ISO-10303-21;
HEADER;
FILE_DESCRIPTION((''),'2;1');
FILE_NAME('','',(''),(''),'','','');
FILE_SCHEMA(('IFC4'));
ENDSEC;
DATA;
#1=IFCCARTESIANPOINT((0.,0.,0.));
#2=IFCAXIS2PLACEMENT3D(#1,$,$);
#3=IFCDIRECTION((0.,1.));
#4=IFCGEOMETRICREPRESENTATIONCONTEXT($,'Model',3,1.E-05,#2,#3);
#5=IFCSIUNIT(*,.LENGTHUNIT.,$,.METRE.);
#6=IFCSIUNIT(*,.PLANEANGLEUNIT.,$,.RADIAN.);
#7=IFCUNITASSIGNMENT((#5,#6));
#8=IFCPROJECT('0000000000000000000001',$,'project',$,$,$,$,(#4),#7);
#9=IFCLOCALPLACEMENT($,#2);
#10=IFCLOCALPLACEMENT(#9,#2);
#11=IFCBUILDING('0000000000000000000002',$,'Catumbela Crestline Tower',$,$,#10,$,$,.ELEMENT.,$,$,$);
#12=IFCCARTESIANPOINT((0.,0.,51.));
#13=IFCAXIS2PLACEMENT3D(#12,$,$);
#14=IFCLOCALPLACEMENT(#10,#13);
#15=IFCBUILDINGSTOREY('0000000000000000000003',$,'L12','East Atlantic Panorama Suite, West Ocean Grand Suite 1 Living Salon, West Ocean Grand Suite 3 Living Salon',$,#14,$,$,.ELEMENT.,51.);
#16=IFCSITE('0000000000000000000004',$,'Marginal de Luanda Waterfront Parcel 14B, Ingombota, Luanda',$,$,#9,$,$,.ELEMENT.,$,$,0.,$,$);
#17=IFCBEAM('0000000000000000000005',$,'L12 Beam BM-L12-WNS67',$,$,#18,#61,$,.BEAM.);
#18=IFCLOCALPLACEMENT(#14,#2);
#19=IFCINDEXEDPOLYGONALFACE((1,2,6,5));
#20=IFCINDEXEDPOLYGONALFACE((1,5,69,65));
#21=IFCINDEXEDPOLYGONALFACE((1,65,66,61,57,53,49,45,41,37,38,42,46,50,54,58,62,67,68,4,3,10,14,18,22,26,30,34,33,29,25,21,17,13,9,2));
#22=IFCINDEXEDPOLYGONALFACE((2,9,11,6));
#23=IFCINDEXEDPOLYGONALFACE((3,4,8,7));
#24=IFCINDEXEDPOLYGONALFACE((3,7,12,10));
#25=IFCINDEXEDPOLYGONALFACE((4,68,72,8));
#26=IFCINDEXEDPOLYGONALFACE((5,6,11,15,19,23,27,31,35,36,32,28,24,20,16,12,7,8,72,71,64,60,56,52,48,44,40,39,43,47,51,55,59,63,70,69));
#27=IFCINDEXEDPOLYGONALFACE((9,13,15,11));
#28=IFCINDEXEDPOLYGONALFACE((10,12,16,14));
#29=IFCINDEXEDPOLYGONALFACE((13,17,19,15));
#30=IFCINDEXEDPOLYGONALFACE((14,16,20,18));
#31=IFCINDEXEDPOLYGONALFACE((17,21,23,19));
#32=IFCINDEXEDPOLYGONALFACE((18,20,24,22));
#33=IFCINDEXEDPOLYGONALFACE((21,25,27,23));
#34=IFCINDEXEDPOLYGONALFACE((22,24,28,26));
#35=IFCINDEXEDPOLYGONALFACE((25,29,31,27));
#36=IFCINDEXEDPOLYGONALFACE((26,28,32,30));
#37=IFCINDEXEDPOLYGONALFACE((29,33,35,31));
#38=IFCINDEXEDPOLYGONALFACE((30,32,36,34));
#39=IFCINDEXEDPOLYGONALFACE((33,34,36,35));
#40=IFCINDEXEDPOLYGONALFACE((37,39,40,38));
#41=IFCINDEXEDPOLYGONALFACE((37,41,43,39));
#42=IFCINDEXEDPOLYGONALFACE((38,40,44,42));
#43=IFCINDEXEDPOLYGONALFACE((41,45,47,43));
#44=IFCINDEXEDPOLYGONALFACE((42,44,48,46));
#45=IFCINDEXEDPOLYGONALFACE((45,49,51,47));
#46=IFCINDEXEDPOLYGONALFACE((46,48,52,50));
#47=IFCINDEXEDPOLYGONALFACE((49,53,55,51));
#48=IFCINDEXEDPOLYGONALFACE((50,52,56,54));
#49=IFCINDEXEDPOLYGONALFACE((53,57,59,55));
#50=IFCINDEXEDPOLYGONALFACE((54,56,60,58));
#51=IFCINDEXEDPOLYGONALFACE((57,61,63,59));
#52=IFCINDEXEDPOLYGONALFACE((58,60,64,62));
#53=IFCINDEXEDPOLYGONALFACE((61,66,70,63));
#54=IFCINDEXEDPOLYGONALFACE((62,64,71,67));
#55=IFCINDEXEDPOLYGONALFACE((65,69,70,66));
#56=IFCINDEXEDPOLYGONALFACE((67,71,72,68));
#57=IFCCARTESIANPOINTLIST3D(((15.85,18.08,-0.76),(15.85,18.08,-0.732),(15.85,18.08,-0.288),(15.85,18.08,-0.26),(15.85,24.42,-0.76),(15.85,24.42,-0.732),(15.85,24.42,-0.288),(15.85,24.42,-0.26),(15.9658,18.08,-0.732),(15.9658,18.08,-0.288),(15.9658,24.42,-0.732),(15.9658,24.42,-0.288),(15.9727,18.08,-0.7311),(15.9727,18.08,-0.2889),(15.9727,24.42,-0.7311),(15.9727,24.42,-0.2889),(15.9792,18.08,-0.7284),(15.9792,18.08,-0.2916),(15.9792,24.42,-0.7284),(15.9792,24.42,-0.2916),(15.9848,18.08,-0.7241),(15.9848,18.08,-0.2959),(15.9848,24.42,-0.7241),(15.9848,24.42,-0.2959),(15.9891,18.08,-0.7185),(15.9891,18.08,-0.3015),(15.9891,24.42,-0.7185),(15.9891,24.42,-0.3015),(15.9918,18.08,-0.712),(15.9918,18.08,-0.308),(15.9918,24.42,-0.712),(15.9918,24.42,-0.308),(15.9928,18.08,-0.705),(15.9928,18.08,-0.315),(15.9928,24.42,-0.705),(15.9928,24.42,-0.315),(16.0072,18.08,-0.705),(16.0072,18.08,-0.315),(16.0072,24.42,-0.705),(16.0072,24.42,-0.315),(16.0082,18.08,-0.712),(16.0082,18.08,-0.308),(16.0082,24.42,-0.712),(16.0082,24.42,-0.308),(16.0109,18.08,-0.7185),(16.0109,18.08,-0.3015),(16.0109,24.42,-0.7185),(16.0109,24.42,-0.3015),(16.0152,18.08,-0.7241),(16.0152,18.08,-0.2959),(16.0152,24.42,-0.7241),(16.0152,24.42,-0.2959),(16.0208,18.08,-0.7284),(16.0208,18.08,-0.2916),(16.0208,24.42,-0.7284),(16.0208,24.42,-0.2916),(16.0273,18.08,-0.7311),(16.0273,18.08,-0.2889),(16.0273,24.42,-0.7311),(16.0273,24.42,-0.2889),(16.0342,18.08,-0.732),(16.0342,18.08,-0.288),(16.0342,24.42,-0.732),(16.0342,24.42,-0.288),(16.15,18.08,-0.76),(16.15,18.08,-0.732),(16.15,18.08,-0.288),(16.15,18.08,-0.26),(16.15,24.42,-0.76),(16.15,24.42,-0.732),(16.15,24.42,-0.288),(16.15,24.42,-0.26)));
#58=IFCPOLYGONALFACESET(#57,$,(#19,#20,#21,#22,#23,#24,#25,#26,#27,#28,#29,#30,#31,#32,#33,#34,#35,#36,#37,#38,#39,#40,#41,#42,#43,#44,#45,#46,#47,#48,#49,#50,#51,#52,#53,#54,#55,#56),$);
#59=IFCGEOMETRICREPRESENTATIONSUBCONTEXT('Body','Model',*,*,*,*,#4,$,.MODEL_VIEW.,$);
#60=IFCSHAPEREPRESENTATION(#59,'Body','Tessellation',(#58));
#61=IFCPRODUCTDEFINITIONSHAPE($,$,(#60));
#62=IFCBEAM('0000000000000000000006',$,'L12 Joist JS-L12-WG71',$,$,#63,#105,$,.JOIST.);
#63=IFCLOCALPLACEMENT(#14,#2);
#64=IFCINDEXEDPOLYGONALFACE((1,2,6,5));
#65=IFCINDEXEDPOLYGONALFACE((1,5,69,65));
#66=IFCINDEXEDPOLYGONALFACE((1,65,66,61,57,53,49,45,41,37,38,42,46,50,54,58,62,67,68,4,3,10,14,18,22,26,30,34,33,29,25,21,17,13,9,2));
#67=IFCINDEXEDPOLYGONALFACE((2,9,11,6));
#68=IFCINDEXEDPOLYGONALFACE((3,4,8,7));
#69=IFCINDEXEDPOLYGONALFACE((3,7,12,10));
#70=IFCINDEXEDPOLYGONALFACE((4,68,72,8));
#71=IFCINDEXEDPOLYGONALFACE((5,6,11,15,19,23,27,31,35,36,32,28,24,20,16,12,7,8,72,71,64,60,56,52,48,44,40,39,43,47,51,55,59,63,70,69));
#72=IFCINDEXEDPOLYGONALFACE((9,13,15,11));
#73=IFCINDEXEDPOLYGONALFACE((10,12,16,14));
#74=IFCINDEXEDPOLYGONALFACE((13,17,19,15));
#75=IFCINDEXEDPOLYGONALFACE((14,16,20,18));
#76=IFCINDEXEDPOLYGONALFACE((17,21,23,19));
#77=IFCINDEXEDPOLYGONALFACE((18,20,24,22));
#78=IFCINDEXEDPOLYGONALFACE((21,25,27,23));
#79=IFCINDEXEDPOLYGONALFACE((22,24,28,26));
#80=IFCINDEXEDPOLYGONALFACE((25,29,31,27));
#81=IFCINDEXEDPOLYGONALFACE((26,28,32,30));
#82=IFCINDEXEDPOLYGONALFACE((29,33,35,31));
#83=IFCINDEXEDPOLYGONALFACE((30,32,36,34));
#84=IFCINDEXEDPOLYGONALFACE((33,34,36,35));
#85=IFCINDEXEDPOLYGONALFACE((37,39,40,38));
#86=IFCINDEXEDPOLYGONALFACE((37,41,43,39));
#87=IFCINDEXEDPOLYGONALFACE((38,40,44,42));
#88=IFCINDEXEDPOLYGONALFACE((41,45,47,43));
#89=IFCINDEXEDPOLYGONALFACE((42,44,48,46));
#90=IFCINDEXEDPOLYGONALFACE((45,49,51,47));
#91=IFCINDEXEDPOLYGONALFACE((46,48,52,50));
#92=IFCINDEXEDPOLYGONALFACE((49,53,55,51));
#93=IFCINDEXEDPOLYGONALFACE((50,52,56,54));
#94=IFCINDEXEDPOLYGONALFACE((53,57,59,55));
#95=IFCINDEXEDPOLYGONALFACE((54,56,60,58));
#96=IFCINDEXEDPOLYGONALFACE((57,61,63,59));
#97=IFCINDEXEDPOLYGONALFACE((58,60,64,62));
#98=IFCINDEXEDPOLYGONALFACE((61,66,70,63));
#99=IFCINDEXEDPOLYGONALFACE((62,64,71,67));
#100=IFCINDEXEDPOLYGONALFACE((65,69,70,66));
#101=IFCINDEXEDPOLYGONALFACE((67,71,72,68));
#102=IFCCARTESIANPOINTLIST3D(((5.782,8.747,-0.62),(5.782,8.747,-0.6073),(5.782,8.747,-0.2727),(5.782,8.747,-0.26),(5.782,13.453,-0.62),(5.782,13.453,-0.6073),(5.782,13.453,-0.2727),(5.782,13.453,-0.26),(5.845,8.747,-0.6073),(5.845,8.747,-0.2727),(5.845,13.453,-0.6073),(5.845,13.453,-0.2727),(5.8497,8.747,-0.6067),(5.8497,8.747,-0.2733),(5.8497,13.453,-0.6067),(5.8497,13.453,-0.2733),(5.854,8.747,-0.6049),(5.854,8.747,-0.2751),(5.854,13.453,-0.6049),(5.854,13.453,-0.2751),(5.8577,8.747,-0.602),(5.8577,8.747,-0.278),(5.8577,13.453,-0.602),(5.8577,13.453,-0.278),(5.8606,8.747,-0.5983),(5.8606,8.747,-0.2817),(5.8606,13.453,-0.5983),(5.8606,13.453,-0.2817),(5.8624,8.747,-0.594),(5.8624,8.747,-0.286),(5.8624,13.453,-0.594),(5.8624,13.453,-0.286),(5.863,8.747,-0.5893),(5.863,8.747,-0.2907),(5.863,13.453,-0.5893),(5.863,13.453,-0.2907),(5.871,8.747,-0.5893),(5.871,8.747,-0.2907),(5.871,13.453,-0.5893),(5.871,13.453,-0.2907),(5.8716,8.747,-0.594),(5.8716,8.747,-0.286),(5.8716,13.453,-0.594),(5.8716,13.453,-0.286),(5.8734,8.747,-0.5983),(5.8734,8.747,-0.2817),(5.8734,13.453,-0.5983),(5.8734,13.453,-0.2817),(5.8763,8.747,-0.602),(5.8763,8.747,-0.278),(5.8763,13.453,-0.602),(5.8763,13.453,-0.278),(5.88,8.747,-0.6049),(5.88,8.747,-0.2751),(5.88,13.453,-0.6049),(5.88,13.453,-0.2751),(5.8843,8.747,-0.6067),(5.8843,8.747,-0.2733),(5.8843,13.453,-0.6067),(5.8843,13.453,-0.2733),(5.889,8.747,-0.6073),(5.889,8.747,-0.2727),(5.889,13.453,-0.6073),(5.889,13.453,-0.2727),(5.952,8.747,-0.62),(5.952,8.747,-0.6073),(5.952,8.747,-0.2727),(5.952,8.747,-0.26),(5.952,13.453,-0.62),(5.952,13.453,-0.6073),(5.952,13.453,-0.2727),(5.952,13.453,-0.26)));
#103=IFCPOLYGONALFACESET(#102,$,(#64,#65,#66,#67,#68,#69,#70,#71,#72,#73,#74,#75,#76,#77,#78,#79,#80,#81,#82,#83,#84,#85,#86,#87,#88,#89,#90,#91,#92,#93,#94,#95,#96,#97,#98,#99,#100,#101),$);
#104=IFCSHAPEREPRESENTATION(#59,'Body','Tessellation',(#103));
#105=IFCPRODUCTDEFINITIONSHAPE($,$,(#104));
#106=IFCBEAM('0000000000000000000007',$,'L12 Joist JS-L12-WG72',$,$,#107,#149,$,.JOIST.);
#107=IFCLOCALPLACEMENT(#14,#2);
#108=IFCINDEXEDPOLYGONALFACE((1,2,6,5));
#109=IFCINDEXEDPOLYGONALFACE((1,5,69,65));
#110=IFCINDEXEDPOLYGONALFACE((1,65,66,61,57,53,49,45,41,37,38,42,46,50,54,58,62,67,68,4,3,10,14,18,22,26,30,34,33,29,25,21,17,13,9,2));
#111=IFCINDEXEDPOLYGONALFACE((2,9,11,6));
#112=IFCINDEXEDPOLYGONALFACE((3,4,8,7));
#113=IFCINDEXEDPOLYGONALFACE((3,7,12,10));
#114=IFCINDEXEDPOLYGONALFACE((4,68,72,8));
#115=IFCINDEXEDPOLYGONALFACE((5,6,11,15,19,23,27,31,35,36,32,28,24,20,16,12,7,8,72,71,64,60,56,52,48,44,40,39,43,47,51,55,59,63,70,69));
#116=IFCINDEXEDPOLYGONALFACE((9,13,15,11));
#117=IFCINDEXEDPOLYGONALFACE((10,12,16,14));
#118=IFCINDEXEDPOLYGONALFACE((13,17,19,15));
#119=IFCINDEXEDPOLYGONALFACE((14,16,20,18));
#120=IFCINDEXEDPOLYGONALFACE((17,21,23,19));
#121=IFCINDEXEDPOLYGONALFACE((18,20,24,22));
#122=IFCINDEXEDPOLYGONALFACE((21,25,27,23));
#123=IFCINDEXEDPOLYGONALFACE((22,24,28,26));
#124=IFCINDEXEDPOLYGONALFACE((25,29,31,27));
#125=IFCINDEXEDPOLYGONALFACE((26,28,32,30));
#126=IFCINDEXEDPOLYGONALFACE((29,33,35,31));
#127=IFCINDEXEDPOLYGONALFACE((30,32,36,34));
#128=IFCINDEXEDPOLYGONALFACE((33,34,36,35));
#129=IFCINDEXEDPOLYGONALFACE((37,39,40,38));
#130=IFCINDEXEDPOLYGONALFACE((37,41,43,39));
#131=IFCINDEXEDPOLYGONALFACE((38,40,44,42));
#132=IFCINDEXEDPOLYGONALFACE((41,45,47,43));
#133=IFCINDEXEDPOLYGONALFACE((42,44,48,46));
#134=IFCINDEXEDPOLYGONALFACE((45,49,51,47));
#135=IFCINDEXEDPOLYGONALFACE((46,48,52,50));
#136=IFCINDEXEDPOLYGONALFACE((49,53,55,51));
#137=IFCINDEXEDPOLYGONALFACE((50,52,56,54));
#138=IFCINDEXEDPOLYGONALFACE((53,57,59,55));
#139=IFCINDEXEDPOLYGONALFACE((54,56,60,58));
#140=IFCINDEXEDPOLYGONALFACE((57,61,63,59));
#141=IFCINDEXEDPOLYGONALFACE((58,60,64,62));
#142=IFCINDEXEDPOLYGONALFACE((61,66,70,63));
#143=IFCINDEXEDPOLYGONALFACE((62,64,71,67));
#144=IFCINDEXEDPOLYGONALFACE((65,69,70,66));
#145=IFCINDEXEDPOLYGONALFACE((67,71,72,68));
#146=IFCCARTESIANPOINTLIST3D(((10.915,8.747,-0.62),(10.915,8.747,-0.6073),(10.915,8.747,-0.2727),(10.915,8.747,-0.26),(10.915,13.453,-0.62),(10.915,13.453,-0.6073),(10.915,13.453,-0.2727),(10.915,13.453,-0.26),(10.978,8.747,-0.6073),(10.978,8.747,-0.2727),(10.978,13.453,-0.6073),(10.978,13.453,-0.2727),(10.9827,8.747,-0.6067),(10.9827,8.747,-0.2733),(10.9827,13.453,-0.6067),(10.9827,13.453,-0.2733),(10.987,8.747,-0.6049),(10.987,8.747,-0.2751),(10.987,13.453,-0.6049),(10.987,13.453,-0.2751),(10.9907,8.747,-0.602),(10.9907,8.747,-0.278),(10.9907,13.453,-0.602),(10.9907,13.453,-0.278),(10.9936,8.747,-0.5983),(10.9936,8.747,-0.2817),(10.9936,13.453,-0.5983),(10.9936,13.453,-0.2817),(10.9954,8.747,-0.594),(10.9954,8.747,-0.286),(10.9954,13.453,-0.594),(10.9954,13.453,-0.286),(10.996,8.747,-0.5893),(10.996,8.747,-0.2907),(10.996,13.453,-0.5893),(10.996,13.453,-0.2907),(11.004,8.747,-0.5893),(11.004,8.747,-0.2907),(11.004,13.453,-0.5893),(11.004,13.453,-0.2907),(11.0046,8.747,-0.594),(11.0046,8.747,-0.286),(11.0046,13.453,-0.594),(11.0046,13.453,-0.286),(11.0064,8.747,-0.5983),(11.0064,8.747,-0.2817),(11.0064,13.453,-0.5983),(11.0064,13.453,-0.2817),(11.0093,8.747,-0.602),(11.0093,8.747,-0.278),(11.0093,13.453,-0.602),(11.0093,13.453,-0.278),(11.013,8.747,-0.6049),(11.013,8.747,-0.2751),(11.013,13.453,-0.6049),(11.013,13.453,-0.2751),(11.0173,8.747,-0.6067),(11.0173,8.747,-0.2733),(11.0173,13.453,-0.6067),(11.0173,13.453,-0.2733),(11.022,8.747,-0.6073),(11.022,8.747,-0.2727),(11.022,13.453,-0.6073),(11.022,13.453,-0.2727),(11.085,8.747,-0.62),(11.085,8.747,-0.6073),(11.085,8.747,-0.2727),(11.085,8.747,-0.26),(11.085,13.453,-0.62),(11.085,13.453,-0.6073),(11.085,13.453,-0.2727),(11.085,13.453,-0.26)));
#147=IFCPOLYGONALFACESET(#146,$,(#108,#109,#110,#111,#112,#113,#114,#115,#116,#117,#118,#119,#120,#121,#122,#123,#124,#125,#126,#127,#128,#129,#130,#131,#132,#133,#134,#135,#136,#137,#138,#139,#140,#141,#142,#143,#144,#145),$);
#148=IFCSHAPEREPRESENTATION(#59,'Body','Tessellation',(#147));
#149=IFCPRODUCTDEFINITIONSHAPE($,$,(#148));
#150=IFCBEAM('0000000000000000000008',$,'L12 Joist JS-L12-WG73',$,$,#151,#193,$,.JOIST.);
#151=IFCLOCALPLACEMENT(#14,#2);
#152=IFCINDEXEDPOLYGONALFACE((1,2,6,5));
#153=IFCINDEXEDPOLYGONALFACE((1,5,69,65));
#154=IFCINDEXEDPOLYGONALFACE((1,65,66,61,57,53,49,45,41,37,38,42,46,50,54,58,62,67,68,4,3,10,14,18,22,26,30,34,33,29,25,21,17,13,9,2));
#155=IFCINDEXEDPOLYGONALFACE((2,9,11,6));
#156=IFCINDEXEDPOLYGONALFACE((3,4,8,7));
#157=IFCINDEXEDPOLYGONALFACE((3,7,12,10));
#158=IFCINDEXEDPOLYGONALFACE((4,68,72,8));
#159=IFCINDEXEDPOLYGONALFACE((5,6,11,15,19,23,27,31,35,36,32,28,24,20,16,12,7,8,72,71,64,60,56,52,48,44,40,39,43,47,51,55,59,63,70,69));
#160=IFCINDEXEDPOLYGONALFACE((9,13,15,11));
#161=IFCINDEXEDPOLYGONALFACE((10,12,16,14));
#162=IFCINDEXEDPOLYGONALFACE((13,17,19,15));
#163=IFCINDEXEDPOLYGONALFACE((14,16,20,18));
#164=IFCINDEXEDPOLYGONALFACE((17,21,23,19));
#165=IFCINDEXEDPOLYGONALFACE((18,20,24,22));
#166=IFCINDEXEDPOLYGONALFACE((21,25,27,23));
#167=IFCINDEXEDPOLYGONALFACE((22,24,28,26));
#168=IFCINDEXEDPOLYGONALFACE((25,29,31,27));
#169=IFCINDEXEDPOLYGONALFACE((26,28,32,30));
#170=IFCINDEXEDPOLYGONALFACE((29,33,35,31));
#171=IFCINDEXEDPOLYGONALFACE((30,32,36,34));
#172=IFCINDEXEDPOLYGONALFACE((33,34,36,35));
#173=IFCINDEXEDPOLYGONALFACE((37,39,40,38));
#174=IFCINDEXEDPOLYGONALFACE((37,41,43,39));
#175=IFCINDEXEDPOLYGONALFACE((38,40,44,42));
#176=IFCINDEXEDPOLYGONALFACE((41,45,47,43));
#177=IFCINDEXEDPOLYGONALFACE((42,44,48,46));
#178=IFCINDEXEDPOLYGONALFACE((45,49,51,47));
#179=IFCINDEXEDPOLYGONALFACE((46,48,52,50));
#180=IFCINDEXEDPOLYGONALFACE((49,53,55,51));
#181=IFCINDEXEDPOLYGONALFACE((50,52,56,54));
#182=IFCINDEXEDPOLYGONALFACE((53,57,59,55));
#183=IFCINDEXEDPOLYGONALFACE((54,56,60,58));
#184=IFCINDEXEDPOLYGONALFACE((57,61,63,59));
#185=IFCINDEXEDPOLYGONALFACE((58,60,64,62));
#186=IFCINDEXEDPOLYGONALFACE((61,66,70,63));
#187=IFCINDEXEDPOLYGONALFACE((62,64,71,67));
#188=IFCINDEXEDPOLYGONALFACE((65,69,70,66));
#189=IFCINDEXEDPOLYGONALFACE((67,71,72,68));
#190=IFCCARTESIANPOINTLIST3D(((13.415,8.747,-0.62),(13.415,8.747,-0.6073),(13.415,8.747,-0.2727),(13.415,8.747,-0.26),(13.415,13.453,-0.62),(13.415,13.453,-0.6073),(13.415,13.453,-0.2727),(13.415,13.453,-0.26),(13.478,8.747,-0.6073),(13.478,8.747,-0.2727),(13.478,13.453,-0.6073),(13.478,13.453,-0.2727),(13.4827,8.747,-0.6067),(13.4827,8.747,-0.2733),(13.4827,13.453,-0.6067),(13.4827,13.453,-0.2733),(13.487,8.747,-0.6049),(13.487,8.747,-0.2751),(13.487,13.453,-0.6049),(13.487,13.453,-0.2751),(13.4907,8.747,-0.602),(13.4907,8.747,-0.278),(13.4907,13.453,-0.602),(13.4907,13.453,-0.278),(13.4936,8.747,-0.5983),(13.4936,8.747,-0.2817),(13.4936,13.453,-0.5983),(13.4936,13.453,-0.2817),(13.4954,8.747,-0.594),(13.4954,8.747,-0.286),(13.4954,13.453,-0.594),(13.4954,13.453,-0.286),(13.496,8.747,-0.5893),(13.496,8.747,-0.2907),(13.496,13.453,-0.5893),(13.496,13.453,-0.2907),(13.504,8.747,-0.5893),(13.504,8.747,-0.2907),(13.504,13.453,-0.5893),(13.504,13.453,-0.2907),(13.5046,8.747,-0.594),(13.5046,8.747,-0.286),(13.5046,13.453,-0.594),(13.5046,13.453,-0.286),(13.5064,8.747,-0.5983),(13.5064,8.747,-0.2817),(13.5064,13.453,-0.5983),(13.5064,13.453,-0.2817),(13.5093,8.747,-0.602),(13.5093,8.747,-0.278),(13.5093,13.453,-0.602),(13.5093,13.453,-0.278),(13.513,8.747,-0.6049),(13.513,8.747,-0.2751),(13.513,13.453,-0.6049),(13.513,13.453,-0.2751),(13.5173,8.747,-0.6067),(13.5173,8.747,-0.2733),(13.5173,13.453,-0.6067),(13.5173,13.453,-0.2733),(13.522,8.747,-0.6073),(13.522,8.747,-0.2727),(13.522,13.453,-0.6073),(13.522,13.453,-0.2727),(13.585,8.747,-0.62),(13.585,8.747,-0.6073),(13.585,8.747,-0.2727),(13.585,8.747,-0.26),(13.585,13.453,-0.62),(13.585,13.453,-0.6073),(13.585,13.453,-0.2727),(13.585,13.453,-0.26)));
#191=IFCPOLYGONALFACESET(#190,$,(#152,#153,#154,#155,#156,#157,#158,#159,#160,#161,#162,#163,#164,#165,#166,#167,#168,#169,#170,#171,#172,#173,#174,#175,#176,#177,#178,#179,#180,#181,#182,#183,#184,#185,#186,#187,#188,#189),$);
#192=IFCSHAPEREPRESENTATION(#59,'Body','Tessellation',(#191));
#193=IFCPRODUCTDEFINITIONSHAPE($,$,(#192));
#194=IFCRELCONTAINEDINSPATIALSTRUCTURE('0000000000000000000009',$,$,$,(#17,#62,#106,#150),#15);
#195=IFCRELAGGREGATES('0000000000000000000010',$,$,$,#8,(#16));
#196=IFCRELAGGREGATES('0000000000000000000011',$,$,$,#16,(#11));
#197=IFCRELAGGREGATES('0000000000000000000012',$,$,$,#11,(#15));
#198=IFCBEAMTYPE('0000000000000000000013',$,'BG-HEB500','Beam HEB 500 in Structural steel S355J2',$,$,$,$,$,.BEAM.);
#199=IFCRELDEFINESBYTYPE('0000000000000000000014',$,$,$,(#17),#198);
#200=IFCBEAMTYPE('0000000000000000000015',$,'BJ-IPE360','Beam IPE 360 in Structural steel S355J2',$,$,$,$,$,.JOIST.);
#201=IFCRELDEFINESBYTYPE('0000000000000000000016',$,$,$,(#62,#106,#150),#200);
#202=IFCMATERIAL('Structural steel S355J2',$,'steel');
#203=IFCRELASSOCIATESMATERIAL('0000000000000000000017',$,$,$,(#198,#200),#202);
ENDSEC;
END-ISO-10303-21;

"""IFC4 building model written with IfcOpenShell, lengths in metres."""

from ifc_helpers import new_model, si_unit, direction, frame, origin, origin_2d, place, context, subcontext, project, spatial, i_section, extrude, material, material_profile, profile_set, type_object, element, save


model = new_model("IFC4")

# Units and contexts
model_context = context("Model", 3, precision=1e-05, world=origin(), true_north=direction((0.0, 1.0)))
body_context = subcontext(model_context, "Body", "Model", "MODEL_VIEW")
ifc_project = project(units=[si_unit("LENGTHUNIT", "METRE"), si_unit("PLANEANGLEUNIT", "RADIAN")], contexts=[model_context])

# Site, building, storey
site_placement = place(None, origin())
site = spatial("IfcSite", under=ifc_project, at=site_placement, Name="Marginal de Luanda Waterfront Parcel 14B, Ingombota, Luanda", CompositionType="ELEMENT", RefElevation=0.0)
building_placement = place(site_placement, origin())
building = spatial("IfcBuilding", under=site, at=building_placement, Name="Catumbela Crestline Tower", CompositionType="ELEMENT")
storey_placement = place(building_placement, frame((0.0, 0.0, 51.0)))
storey = spatial("IfcBuildingStorey", under=building, at=storey_placement, Name="L12", Description="East Atlantic Panorama Suite, West Ocean Grand Suite 1 Living Salon, West Ocean Grand Suite 3 Living Salon", CompositionType="ELEMENT", Elevation=51.0)

# Beams
ifc_material_1 = material(Name="Structural steel S355J2", Category="steel")
ifc_material_profile_1 = material_profile(ifc_material_1, i_section(OverallWidth=0.3, OverallDepth=0.5, WebThickness=0.0145, FlangeThickness=0.028, FilletRadius=0.027, at=origin_2d()), Name="HEB 500")
ifc_profile_set_1 = profile_set([ifc_material_profile_1], Name="Structural steel S355J2")
beam_type_1 = type_object("IfcBeamType", Name="BG-HEB500", Description="Beam HEB 500 in Structural steel S355J2", PredefinedType="BEAM", material=ifc_profile_set_1)
beam_1_placement = place(storey_placement, frame((16.0, 18.08, -0.51), z_axis=(0.0, 1.0, 0.0), x_axis=(-1.0, 0.0, 0.0)))
element("IfcBeam", 1, at=beam_1_placement, inside=storey, type_object=beam_type_1, Name="L12 Beam BM-L12-WNS67", PredefinedType="BEAM", context=body_context, shape_type="SweptSolid", body=[
    extrude(i_section(OverallWidth=0.3, OverallDepth=0.5, WebThickness=0.0145, FlangeThickness=0.028, FilletRadius=0.027, at=origin_2d()), origin(), (0.0, 0.0, 1.0), 6.34),
])
ifc_material_profile_2 = material_profile(ifc_material_1, i_section(OverallWidth=0.17, OverallDepth=0.36, WebThickness=0.008, FlangeThickness=0.0127, FilletRadius=0.018, at=origin_2d()), Name="IPE 360")
ifc_profile_set_2 = profile_set([ifc_material_profile_2], Name="Structural steel S355J2")
beam_type_2 = type_object("IfcBeamType", Name="BJ-IPE360", Description="Beam IPE 360 in Structural steel S355J2", PredefinedType="JOIST", material=ifc_profile_set_2)
for number, where, z_axis, x_axis, name in (
    (2, (5.867, 8.747, -0.44), (0.0, 1.0, 0.0), (-1.0, 0.0, 0.0), "L12 Joist JS-L12-WG71"),
    (3, (11.0, 8.747, -0.44), (0.0, 1.0, 0.0), (-1.0, 0.0, 0.0), "L12 Joist JS-L12-WG72"),
    (4, (13.5, 8.747, -0.44), (0.0, 1.0, 0.0), (-1.0, 0.0, 0.0), "L12 Joist JS-L12-WG73"),
):
    element("IfcBeam", number, at=place(storey_placement, frame(where, z_axis=z_axis, x_axis=x_axis)), inside=storey, type_object=beam_type_2, Name=name, PredefinedType="JOIST", context=body_context, shape_type="SweptSolid", body=[
        extrude(i_section(OverallWidth=0.17, OverallDepth=0.36, WebThickness=0.008, FlangeThickness=0.0127, FilletRadius=0.018, at=origin_2d()), origin(), (0.0, 0.0, 1.0), 4.706),
    ])

save(model, "model.ifc")
